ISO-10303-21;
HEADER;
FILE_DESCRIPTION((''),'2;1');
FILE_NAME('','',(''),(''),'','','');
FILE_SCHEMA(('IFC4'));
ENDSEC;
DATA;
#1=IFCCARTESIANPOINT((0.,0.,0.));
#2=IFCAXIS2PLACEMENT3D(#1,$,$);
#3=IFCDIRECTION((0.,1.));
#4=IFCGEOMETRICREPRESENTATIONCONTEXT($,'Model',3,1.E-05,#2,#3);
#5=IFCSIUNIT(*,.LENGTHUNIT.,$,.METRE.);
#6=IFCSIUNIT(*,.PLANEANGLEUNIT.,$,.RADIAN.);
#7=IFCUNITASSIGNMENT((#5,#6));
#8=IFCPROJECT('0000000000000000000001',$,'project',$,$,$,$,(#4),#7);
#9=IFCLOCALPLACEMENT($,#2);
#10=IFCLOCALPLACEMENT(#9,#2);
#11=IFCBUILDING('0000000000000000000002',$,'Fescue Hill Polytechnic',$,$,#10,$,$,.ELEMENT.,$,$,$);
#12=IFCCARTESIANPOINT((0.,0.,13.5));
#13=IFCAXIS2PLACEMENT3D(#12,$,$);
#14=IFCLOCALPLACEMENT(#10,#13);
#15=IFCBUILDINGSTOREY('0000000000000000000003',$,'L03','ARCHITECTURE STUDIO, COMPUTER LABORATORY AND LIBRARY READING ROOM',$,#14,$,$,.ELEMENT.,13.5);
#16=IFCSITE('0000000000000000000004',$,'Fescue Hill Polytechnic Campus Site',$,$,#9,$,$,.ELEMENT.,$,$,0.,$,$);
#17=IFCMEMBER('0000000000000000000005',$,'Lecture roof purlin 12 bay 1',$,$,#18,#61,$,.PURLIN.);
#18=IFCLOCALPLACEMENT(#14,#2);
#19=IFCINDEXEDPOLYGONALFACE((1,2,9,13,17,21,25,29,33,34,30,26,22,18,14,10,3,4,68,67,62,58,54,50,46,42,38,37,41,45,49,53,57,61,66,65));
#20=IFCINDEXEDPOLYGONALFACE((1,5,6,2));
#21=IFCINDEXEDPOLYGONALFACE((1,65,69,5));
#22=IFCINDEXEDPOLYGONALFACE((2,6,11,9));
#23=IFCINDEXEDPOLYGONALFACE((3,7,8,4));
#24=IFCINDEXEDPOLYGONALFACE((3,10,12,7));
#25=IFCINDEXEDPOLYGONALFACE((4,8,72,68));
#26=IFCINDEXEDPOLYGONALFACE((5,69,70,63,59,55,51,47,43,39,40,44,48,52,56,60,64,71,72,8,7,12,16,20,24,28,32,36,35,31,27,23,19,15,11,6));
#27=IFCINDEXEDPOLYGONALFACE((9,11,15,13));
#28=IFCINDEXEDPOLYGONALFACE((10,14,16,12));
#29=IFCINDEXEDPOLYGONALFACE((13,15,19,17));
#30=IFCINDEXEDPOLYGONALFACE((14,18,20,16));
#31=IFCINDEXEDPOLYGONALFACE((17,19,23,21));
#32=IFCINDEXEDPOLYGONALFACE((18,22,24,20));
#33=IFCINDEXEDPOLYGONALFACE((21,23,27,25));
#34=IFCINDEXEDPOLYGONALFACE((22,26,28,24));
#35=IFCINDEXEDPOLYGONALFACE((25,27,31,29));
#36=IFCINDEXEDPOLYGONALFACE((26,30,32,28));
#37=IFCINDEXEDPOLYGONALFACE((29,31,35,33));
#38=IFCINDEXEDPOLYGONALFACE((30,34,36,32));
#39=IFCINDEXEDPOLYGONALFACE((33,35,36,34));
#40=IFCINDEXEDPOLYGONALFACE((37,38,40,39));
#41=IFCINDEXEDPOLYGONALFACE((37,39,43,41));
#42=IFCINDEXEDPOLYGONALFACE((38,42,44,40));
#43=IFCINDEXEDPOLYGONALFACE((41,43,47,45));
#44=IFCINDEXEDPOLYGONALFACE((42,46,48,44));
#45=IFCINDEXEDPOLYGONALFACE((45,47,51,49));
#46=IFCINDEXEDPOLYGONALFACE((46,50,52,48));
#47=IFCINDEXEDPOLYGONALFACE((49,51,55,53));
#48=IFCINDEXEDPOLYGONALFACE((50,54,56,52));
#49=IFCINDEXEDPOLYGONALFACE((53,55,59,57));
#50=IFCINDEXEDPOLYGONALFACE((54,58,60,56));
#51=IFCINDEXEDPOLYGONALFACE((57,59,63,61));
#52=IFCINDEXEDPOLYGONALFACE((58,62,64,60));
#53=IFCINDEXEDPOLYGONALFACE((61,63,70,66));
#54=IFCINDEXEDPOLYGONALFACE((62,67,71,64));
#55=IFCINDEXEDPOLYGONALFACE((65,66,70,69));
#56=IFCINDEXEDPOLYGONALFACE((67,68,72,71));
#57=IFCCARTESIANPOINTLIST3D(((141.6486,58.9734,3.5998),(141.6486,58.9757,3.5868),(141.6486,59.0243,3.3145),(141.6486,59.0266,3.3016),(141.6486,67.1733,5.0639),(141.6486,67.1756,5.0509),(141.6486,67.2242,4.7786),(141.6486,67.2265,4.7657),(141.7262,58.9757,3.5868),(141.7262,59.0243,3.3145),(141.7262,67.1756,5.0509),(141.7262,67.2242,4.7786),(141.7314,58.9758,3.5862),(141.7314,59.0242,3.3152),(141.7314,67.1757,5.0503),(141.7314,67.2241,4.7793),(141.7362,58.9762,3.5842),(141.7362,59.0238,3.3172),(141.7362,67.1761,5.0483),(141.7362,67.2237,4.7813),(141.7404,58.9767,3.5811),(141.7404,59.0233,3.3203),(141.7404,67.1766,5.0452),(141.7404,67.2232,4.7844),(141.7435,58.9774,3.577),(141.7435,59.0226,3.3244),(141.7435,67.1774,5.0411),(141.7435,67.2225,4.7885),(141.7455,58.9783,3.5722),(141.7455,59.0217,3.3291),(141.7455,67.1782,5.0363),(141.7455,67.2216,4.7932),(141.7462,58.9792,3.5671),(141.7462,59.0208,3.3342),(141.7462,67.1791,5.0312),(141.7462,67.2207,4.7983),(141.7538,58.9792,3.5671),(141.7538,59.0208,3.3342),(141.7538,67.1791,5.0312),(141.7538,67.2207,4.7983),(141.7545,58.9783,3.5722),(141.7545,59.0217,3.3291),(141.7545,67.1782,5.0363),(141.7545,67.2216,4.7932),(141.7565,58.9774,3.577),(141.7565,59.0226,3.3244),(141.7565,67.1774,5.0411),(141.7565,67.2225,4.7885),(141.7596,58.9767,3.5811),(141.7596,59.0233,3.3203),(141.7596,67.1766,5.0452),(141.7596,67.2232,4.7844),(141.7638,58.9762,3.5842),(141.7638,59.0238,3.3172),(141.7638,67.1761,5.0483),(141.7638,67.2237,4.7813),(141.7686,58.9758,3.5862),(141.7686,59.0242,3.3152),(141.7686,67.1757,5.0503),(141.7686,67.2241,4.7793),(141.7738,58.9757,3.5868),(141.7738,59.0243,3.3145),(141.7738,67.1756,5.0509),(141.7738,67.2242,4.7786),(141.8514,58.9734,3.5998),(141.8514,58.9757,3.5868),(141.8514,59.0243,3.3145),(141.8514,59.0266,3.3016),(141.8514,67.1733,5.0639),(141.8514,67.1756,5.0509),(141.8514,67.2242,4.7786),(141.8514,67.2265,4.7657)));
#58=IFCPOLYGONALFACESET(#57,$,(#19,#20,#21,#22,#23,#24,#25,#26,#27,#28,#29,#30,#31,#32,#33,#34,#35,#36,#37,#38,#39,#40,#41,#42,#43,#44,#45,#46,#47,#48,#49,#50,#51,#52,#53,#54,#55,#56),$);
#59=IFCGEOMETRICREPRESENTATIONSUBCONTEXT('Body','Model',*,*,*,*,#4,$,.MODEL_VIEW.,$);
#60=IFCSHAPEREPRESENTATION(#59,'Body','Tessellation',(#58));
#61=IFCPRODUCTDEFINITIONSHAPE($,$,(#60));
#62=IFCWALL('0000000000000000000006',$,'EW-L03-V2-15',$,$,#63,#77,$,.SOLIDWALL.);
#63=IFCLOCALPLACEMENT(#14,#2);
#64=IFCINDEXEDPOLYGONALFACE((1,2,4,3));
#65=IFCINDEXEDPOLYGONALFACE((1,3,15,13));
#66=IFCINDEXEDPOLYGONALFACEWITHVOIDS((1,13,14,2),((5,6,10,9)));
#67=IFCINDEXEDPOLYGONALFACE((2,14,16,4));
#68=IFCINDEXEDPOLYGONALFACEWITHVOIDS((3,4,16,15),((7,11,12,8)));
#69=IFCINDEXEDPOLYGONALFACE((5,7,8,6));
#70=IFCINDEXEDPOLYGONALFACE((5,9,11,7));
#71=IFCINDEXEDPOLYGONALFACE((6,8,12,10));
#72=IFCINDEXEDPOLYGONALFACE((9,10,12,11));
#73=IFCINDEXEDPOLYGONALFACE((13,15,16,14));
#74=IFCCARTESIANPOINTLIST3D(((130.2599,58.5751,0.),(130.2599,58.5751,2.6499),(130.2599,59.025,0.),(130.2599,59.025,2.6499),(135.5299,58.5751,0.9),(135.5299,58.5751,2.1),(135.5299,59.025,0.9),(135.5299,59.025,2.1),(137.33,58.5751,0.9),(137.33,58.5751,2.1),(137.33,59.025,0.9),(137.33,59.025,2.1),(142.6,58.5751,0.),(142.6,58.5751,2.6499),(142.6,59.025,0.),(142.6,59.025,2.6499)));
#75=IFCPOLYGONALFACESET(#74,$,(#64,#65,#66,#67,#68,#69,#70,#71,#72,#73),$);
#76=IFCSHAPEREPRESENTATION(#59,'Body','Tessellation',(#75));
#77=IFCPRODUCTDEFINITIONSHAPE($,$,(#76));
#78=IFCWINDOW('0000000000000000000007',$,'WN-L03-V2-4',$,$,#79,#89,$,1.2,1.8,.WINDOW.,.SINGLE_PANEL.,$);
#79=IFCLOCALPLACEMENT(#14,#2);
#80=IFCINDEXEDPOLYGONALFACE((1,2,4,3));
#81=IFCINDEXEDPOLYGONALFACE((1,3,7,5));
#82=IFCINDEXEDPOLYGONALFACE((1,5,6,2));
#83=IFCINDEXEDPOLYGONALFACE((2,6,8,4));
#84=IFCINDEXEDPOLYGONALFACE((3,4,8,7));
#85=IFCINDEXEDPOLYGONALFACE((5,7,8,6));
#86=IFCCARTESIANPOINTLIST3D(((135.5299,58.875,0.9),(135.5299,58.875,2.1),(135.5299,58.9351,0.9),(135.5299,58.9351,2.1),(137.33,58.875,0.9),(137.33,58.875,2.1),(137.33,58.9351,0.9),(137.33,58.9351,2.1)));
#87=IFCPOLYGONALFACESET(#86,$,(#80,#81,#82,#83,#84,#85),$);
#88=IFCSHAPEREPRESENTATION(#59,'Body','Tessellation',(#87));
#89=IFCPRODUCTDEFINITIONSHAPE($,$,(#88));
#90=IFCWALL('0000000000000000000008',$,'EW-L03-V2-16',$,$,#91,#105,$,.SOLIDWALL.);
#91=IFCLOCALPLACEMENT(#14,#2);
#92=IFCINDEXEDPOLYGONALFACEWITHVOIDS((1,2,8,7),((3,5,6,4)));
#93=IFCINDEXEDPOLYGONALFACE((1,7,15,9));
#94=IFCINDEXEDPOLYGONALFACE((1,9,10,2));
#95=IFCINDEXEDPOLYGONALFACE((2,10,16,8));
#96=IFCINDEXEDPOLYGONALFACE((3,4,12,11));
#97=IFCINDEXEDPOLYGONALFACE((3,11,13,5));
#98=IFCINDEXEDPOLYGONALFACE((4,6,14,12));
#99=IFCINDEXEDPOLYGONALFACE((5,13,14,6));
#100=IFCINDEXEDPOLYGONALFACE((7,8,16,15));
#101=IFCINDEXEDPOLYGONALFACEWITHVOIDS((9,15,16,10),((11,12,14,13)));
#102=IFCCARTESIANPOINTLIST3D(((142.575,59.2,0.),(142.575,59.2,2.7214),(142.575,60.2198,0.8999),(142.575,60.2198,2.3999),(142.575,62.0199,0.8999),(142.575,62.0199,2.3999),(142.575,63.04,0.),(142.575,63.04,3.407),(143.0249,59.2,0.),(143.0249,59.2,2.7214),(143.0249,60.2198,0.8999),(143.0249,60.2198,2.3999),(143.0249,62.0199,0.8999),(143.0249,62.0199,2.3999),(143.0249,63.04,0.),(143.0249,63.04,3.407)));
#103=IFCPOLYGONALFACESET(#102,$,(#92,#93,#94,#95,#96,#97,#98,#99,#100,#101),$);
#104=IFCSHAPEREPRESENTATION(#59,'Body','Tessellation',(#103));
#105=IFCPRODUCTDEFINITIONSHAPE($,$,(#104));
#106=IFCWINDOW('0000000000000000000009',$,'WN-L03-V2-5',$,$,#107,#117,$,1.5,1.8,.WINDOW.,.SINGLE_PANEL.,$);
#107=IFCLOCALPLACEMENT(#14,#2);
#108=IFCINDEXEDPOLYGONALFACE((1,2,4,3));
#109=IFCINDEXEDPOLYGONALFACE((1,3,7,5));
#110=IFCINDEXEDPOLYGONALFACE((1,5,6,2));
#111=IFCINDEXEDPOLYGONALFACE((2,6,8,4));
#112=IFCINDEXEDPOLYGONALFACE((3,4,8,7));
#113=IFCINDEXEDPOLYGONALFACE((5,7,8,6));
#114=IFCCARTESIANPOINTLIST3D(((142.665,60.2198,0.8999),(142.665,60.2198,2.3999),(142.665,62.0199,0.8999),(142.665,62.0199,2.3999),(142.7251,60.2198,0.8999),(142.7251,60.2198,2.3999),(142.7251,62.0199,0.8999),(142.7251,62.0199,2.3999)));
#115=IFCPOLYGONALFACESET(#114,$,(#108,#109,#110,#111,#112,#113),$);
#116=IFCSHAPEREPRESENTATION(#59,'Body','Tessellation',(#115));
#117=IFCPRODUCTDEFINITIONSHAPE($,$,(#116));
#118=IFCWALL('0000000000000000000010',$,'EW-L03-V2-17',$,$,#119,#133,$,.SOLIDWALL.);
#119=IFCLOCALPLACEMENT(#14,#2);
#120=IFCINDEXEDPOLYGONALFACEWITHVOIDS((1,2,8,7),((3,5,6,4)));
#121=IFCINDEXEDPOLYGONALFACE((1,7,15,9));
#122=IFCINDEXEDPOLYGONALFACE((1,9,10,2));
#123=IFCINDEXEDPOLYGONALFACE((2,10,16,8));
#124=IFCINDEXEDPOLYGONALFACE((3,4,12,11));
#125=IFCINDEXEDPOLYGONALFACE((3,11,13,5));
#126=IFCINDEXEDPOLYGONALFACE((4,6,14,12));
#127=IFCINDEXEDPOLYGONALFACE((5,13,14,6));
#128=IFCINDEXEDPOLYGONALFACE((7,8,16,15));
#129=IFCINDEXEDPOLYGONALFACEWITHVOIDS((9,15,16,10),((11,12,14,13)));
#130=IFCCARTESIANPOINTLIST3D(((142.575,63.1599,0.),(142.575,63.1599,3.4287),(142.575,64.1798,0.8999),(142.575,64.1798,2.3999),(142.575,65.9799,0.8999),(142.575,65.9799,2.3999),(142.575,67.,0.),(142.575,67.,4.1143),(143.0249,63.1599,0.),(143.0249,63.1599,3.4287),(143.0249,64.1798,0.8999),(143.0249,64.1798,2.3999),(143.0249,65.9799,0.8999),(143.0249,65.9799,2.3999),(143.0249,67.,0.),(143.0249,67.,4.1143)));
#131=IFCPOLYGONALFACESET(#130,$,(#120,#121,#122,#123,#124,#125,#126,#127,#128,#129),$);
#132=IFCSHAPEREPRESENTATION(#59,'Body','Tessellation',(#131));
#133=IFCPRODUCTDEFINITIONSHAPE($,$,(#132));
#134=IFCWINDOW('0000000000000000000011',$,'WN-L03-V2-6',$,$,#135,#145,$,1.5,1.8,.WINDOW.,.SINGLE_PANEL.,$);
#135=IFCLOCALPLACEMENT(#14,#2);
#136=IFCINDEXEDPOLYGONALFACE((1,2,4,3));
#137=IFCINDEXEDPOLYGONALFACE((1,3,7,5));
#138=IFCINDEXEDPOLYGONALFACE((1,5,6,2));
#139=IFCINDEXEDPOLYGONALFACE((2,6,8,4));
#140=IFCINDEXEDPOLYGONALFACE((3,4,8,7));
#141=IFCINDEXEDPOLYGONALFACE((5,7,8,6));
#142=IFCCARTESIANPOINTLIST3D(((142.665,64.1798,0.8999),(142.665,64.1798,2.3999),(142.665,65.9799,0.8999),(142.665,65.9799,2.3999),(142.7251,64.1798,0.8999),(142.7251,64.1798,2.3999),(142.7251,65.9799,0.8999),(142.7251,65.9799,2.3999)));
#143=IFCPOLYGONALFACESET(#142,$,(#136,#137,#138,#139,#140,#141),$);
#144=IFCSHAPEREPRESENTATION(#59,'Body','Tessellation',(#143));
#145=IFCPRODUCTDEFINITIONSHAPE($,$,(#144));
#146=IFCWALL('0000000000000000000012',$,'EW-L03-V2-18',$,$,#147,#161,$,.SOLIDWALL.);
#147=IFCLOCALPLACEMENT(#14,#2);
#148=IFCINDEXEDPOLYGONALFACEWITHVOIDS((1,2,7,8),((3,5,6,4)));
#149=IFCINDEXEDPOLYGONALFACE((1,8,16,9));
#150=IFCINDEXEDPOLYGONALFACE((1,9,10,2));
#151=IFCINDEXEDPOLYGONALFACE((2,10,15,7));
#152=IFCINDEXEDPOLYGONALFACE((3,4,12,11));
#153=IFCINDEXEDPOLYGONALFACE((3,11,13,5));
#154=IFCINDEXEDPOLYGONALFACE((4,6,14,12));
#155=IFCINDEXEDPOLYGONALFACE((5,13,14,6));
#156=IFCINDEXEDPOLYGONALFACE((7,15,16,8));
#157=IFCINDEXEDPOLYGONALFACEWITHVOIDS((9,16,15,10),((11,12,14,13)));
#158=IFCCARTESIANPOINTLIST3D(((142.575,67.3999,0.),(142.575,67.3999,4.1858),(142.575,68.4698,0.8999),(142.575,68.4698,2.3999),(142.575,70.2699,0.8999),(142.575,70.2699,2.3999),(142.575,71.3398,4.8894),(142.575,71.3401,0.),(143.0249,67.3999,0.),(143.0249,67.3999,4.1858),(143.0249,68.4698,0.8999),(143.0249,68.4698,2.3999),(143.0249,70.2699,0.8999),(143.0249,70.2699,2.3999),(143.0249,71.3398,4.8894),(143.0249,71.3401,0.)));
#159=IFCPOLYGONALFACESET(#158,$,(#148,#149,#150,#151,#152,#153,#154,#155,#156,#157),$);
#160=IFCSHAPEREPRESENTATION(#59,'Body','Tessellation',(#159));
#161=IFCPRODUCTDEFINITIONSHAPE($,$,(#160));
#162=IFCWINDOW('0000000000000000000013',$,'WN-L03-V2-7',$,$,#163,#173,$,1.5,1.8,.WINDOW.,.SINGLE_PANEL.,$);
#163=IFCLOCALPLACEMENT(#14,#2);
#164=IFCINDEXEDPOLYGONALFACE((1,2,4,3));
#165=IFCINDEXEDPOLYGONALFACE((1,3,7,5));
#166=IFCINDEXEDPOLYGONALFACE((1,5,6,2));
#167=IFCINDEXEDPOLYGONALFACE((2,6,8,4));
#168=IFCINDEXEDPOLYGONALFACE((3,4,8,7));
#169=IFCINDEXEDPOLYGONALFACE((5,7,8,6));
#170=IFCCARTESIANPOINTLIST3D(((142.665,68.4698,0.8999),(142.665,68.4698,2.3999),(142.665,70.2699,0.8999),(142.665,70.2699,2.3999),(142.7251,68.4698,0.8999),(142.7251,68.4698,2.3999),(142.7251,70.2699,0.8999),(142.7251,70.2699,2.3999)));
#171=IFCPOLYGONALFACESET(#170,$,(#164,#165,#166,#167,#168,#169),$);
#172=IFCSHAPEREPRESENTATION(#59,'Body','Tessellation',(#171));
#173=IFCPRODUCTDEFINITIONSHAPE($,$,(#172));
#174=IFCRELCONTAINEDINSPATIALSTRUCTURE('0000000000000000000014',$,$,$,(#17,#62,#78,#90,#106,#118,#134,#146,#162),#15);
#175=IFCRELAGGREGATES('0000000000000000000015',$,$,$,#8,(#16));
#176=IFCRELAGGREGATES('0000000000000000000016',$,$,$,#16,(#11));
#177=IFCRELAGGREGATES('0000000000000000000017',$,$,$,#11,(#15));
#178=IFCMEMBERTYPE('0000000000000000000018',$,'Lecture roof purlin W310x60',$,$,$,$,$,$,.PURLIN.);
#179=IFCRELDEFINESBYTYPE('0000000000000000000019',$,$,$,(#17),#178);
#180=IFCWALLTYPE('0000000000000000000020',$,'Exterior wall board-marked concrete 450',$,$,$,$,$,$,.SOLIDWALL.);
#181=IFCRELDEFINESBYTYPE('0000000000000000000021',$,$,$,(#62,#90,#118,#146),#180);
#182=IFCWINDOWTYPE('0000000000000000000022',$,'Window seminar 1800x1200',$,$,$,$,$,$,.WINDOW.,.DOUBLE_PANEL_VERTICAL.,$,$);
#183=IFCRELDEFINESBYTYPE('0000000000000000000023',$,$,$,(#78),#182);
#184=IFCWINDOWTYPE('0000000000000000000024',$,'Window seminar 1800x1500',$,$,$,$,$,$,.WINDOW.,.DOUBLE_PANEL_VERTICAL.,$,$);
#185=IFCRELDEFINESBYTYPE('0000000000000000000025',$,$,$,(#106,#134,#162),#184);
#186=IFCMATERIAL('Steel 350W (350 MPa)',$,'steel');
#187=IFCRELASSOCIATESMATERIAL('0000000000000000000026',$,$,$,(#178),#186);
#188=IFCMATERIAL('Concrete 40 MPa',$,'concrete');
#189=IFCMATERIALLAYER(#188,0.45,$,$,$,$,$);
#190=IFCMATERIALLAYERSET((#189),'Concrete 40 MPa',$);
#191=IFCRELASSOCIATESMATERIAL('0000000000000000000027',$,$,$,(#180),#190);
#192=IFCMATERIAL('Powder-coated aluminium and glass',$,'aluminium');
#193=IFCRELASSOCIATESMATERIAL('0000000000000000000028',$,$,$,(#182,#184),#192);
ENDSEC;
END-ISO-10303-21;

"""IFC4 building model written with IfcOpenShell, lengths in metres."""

from ifc_helpers import new_model, si_unit, direction, frame, frame_2d, origin, origin_2d, place, context, subcontext, project, spatial, polyline, rectangle, i_section, outline, extrude, material, layer, layer_set, material_profile, profile_set, type_object, element, fill, save


model = new_model("IFC4")

# Units and contexts
model_context = context("Model", 3, precision=1e-05, world=origin(), true_north=direction((0.0, 1.0)))
body_context = subcontext(model_context, "Body", "Model", "MODEL_VIEW")
ifc_project = project(units=[si_unit("LENGTHUNIT", "METRE"), si_unit("PLANEANGLEUNIT", "RADIAN")], contexts=[model_context])

# Site, building, storey
site_placement = place(None, origin())
site = spatial("IfcSite", under=ifc_project, at=site_placement, Name="Fescue Hill Polytechnic Campus Site", CompositionType="ELEMENT", RefElevation=0.0)
building_placement = place(site_placement, origin())
building = spatial("IfcBuilding", under=site, at=building_placement, Name="Fescue Hill Polytechnic", CompositionType="ELEMENT")
storey_placement = place(building_placement, frame((0.0, 0.0, 13.5)))
storey = spatial("IfcBuildingStorey", under=building, at=storey_placement, Name="L03", Description="ARCHITECTURE STUDIO, COMPUTER LABORATORY AND LIBRARY READING ROOM", CompositionType="ELEMENT", Elevation=13.5)

# Shared definitions
ifc_material_1 = material(Name="Concrete 40 MPa", Category="concrete")

# Member
ifc_material_2 = material(Name="Steel 350W (350 MPa)", Category="steel")
ifc_material_profile_1 = material_profile(ifc_material_2, i_section(OverallWidth=0.2029, OverallDepth=0.303, WebThickness=0.0076, FlangeThickness=0.0132, FilletRadius=0.02, at=origin_2d()), Name="W310x60")
ifc_profile_set_1 = profile_set([ifc_material_profile_1], Name="Steel 350W (350 MPa)")
member_type = type_object("IfcMemberType", Name="Lecture roof purlin W310x60", PredefinedType="PURLIN", material=ifc_profile_set_1)
for number, where, z_axis, x_axis, name in (
    (1, (141.75, 59.0, 3.4507), (0.0, 0.984431, 0.175771), (-1.0, 0.0, 0.0), "Lecture roof purlin 12 bay 1"),
):
    element("IfcMember", number, at=place(storey_placement, frame(where, z_axis=z_axis, x_axis=x_axis)), inside=storey, type_object=member_type, Name=name, PredefinedType="PURLIN", context=body_context, shape_type="SweptSolid", body=[
        extrude(i_section(OverallWidth=0.2029, OverallDepth=0.303, WebThickness=0.0076, FlangeThickness=0.0132, FilletRadius=0.02, at=origin_2d()), origin(), (0.0, 0.0, 1.0), 8.3296),
    ])

# Walls, openings, windows
ifc_layer_1 = layer(ifc_material_1, 0.45)
ifc_layer_set_1 = layer_set([ifc_layer_1], Name="Concrete 40 MPa")
wall_type_1 = type_object("IfcWallType", Name="Exterior wall board-marked concrete 450", PredefinedType="SOLIDWALL", material=ifc_layer_set_1)
wall_1_placement = place(storey_placement, frame((130.26, 58.8, 0.0), z_axis=(0.0, 0.0, 1.0), x_axis=(1.0, 0.0, 0.0)))
wall_1 = element("IfcWall", 2, at=wall_1_placement, inside=storey, type_object=wall_type_1, Name="EW-L03-V2-15", PredefinedType="SOLIDWALL", context=body_context, shape_type="SweptSolid", body=[
    extrude(rectangle(XDim=12.3401, YDim=0.45, at=frame_2d((6.1699, 0.0))), origin(), (0.0, 0.0, 1.0), 2.6499),
])
opening_1_placement = place(wall_1_placement, frame((5.27, 0.0, 0.8999)))
opening_1 = element("IfcOpeningElement", 3, at=opening_1_placement, cuts=wall_1, PredefinedType="OPENING", context=body_context, shape_type="SweptSolid", body=[
    extrude(rectangle(XDim=1.8, YDim=1.2, at=frame_2d((0.8999, 0.6001))), frame((0.0, 0.2349, 0.0), z_axis=(0.0, -1.0, 0.0), x_axis=(1.0, 0.0, 0.0)), (0.0, 0.0, 1.0), 0.47),
])
ifc_material_3 = material(Name="Powder-coated aluminium and glass", Category="aluminium")
window_type_1 = type_object("IfcWindowType", Name="Window seminar 1800x1200", PartitioningType="DOUBLE_PANEL_VERTICAL", PredefinedType="WINDOW", material=ifc_material_3)
window_1_placement = place(opening_1_placement, origin())
window_1 = element("IfcWindow", 4, at=window_1_placement, inside=storey, type_object=window_type_1, Name="WN-L03-V2-4", OverallHeight=1.2, OverallWidth=1.8, PartitioningType="SINGLE_PANEL", PredefinedType="WINDOW", context=body_context, shape_type="SweptSolid", body=[
    extrude(rectangle(XDim=1.8, YDim=1.2, at=frame_2d((0.8999, 0.6001))), frame((0.0, 0.135, 0.0), z_axis=(0.0, -1.0, 0.0), x_axis=(1.0, 0.0, 0.0)), (0.0, 0.0, 1.0), 0.0601),
])
fill(opening_1, window_1)
wall_2_placement = place(storey_placement, frame((142.8, 59.2, 0.0), z_axis=(0.0, 0.0, 1.0), x_axis=(0.0, 1.0, 0.0)))
wall_2 = element("IfcWall", 5, at=wall_2_placement, inside=storey, type_object=wall_type_1, Name="EW-L03-V2-16", PredefinedType="SOLIDWALL", context=body_context, shape_type="SweptSolid", body=[
    extrude(outline(polyline([(0.0, 0.0), (3.8401, 0.0), (3.8401, 3.407), (0.0, 2.7214), (0.0, 0.0)])), frame((0.0, 0.2251, 0.0), z_axis=(0.0, -1.0, 0.0), x_axis=(1.0, 0.0, 0.0)), (0.0, 0.0, 1.0), 0.45),
])
opening_2_placement = place(wall_2_placement, frame((1.02, 0.0, 0.8999)))
opening_2 = element("IfcOpeningElement", 6, at=opening_2_placement, cuts=wall_2, PredefinedType="OPENING", context=body_context, shape_type="SweptSolid", body=[
    extrude(rectangle(XDim=1.8, YDim=1.5, at=frame_2d((0.8999, 0.75))), frame((0.0, 0.2349, 0.0), z_axis=(0.0, -1.0, 0.0), x_axis=(1.0, 0.0, 0.0)), (0.0, 0.0, 1.0), 0.47),
])
window_type_2 = type_object("IfcWindowType", Name="Window seminar 1800x1500", PartitioningType="DOUBLE_PANEL_VERTICAL", PredefinedType="WINDOW", material=ifc_material_3)
window_2_placement = place(opening_2_placement, origin())
window_2 = element("IfcWindow", 7, at=window_2_placement, inside=storey, type_object=window_type_2, Name="WN-L03-V2-5", OverallHeight=1.5, OverallWidth=1.8, PartitioningType="SINGLE_PANEL", PredefinedType="WINDOW", context=body_context, shape_type="SweptSolid", body=[
    extrude(rectangle(XDim=1.8, YDim=1.5, at=frame_2d((0.8999, 0.75))), frame((0.0, 0.135, 0.0), z_axis=(0.0, -1.0, 0.0), x_axis=(1.0, 0.0, 0.0)), (0.0, 0.0, 1.0), 0.0601),
])
fill(opening_2, window_2)
wall_3_placement = place(storey_placement, frame((142.8, 63.1599, 0.0), z_axis=(0.0, 0.0, 1.0), x_axis=(0.0, 1.0, 0.0)))
wall_3 = element("IfcWall", 8, at=wall_3_placement, inside=storey, type_object=wall_type_1, Name="EW-L03-V2-17", PredefinedType="SOLIDWALL", context=body_context, shape_type="SweptSolid", body=[
    extrude(outline(polyline([(0.0, 0.0), (3.8401, 0.0), (3.8401, 4.1143), (0.0, 3.4287), (0.0, 0.0)])), frame((0.0, 0.2251, 0.0), z_axis=(0.0, -1.0, 0.0), x_axis=(1.0, 0.0, 0.0)), (0.0, 0.0, 1.0), 0.45),
])
opening_3_placement = place(wall_3_placement, frame((1.02, 0.0, 0.8999)))
opening_3 = element("IfcOpeningElement", 9, at=opening_3_placement, cuts=wall_3, PredefinedType="OPENING", context=body_context, shape_type="SweptSolid", body=[
    extrude(rectangle(XDim=1.8, YDim=1.5, at=frame_2d((0.8999, 0.75))), frame((0.0, 0.2349, 0.0), z_axis=(0.0, -1.0, 0.0), x_axis=(1.0, 0.0, 0.0)), (0.0, 0.0, 1.0), 0.47),
])
window_3_placement = place(opening_3_placement, origin())
window_3 = element("IfcWindow", 10, at=window_3_placement, inside=storey, type_object=window_type_2, Name="WN-L03-V2-6", OverallHeight=1.5, OverallWidth=1.8, PartitioningType="SINGLE_PANEL", PredefinedType="WINDOW", context=body_context, shape_type="SweptSolid", body=[
    extrude(rectangle(XDim=1.8, YDim=1.5, at=frame_2d((0.8999, 0.75))), frame((0.0, 0.135, 0.0), z_axis=(0.0, -1.0, 0.0), x_axis=(1.0, 0.0, 0.0)), (0.0, 0.0, 1.0), 0.0601),
])
fill(opening_3, window_3)
wall_4_placement = place(storey_placement, frame((142.8, 67.3999, 0.0), z_axis=(0.0, 0.0, 1.0), x_axis=(0.0, 1.0, 0.0)))
wall_4 = element("IfcWall", 11, at=wall_4_placement, inside=storey, type_object=wall_type_1, Name="EW-L03-V2-18", PredefinedType="SOLIDWALL", context=body_context, shape_type="SweptSolid", body=[
    extrude(outline(polyline([(0.0, 0.0), (3.9402, 0.0), (3.9399, 4.8894), (0.0, 4.1858), (0.0, 0.0)])), frame((0.0, 0.2251, 0.0), z_axis=(0.0, -1.0, 0.0), x_axis=(1.0, 0.0, 0.0)), (0.0, 0.0, 1.0), 0.45),
])
opening_4_placement = place(wall_4_placement, frame((1.0701, 0.0, 0.8999)))
opening_4 = element("IfcOpeningElement", 12, at=opening_4_placement, cuts=wall_4, PredefinedType="OPENING", context=body_context, shape_type="SweptSolid", body=[
    extrude(rectangle(XDim=1.8, YDim=1.5, at=frame_2d((0.8999, 0.75))), frame((0.0, 0.2349, 0.0), z_axis=(0.0, -1.0, 0.0), x_axis=(1.0, 0.0, 0.0)), (0.0, 0.0, 1.0), 0.47),
])
window_4_placement = place(opening_4_placement, origin())
window_4 = element("IfcWindow", 13, at=window_4_placement, inside=storey, type_object=window_type_2, Name="WN-L03-V2-7", OverallHeight=1.5, OverallWidth=1.8, PartitioningType="SINGLE_PANEL", PredefinedType="WINDOW", context=body_context, shape_type="SweptSolid", body=[
    extrude(rectangle(XDim=1.8, YDim=1.5, at=frame_2d((0.8999, 0.75))), frame((0.0, 0.135, 0.0), z_axis=(0.0, -1.0, 0.0), x_axis=(1.0, 0.0, 0.0)), (0.0, 0.0, 1.0), 0.0601),
])
fill(opening_4, window_4)

save(model, "model.ifc")
